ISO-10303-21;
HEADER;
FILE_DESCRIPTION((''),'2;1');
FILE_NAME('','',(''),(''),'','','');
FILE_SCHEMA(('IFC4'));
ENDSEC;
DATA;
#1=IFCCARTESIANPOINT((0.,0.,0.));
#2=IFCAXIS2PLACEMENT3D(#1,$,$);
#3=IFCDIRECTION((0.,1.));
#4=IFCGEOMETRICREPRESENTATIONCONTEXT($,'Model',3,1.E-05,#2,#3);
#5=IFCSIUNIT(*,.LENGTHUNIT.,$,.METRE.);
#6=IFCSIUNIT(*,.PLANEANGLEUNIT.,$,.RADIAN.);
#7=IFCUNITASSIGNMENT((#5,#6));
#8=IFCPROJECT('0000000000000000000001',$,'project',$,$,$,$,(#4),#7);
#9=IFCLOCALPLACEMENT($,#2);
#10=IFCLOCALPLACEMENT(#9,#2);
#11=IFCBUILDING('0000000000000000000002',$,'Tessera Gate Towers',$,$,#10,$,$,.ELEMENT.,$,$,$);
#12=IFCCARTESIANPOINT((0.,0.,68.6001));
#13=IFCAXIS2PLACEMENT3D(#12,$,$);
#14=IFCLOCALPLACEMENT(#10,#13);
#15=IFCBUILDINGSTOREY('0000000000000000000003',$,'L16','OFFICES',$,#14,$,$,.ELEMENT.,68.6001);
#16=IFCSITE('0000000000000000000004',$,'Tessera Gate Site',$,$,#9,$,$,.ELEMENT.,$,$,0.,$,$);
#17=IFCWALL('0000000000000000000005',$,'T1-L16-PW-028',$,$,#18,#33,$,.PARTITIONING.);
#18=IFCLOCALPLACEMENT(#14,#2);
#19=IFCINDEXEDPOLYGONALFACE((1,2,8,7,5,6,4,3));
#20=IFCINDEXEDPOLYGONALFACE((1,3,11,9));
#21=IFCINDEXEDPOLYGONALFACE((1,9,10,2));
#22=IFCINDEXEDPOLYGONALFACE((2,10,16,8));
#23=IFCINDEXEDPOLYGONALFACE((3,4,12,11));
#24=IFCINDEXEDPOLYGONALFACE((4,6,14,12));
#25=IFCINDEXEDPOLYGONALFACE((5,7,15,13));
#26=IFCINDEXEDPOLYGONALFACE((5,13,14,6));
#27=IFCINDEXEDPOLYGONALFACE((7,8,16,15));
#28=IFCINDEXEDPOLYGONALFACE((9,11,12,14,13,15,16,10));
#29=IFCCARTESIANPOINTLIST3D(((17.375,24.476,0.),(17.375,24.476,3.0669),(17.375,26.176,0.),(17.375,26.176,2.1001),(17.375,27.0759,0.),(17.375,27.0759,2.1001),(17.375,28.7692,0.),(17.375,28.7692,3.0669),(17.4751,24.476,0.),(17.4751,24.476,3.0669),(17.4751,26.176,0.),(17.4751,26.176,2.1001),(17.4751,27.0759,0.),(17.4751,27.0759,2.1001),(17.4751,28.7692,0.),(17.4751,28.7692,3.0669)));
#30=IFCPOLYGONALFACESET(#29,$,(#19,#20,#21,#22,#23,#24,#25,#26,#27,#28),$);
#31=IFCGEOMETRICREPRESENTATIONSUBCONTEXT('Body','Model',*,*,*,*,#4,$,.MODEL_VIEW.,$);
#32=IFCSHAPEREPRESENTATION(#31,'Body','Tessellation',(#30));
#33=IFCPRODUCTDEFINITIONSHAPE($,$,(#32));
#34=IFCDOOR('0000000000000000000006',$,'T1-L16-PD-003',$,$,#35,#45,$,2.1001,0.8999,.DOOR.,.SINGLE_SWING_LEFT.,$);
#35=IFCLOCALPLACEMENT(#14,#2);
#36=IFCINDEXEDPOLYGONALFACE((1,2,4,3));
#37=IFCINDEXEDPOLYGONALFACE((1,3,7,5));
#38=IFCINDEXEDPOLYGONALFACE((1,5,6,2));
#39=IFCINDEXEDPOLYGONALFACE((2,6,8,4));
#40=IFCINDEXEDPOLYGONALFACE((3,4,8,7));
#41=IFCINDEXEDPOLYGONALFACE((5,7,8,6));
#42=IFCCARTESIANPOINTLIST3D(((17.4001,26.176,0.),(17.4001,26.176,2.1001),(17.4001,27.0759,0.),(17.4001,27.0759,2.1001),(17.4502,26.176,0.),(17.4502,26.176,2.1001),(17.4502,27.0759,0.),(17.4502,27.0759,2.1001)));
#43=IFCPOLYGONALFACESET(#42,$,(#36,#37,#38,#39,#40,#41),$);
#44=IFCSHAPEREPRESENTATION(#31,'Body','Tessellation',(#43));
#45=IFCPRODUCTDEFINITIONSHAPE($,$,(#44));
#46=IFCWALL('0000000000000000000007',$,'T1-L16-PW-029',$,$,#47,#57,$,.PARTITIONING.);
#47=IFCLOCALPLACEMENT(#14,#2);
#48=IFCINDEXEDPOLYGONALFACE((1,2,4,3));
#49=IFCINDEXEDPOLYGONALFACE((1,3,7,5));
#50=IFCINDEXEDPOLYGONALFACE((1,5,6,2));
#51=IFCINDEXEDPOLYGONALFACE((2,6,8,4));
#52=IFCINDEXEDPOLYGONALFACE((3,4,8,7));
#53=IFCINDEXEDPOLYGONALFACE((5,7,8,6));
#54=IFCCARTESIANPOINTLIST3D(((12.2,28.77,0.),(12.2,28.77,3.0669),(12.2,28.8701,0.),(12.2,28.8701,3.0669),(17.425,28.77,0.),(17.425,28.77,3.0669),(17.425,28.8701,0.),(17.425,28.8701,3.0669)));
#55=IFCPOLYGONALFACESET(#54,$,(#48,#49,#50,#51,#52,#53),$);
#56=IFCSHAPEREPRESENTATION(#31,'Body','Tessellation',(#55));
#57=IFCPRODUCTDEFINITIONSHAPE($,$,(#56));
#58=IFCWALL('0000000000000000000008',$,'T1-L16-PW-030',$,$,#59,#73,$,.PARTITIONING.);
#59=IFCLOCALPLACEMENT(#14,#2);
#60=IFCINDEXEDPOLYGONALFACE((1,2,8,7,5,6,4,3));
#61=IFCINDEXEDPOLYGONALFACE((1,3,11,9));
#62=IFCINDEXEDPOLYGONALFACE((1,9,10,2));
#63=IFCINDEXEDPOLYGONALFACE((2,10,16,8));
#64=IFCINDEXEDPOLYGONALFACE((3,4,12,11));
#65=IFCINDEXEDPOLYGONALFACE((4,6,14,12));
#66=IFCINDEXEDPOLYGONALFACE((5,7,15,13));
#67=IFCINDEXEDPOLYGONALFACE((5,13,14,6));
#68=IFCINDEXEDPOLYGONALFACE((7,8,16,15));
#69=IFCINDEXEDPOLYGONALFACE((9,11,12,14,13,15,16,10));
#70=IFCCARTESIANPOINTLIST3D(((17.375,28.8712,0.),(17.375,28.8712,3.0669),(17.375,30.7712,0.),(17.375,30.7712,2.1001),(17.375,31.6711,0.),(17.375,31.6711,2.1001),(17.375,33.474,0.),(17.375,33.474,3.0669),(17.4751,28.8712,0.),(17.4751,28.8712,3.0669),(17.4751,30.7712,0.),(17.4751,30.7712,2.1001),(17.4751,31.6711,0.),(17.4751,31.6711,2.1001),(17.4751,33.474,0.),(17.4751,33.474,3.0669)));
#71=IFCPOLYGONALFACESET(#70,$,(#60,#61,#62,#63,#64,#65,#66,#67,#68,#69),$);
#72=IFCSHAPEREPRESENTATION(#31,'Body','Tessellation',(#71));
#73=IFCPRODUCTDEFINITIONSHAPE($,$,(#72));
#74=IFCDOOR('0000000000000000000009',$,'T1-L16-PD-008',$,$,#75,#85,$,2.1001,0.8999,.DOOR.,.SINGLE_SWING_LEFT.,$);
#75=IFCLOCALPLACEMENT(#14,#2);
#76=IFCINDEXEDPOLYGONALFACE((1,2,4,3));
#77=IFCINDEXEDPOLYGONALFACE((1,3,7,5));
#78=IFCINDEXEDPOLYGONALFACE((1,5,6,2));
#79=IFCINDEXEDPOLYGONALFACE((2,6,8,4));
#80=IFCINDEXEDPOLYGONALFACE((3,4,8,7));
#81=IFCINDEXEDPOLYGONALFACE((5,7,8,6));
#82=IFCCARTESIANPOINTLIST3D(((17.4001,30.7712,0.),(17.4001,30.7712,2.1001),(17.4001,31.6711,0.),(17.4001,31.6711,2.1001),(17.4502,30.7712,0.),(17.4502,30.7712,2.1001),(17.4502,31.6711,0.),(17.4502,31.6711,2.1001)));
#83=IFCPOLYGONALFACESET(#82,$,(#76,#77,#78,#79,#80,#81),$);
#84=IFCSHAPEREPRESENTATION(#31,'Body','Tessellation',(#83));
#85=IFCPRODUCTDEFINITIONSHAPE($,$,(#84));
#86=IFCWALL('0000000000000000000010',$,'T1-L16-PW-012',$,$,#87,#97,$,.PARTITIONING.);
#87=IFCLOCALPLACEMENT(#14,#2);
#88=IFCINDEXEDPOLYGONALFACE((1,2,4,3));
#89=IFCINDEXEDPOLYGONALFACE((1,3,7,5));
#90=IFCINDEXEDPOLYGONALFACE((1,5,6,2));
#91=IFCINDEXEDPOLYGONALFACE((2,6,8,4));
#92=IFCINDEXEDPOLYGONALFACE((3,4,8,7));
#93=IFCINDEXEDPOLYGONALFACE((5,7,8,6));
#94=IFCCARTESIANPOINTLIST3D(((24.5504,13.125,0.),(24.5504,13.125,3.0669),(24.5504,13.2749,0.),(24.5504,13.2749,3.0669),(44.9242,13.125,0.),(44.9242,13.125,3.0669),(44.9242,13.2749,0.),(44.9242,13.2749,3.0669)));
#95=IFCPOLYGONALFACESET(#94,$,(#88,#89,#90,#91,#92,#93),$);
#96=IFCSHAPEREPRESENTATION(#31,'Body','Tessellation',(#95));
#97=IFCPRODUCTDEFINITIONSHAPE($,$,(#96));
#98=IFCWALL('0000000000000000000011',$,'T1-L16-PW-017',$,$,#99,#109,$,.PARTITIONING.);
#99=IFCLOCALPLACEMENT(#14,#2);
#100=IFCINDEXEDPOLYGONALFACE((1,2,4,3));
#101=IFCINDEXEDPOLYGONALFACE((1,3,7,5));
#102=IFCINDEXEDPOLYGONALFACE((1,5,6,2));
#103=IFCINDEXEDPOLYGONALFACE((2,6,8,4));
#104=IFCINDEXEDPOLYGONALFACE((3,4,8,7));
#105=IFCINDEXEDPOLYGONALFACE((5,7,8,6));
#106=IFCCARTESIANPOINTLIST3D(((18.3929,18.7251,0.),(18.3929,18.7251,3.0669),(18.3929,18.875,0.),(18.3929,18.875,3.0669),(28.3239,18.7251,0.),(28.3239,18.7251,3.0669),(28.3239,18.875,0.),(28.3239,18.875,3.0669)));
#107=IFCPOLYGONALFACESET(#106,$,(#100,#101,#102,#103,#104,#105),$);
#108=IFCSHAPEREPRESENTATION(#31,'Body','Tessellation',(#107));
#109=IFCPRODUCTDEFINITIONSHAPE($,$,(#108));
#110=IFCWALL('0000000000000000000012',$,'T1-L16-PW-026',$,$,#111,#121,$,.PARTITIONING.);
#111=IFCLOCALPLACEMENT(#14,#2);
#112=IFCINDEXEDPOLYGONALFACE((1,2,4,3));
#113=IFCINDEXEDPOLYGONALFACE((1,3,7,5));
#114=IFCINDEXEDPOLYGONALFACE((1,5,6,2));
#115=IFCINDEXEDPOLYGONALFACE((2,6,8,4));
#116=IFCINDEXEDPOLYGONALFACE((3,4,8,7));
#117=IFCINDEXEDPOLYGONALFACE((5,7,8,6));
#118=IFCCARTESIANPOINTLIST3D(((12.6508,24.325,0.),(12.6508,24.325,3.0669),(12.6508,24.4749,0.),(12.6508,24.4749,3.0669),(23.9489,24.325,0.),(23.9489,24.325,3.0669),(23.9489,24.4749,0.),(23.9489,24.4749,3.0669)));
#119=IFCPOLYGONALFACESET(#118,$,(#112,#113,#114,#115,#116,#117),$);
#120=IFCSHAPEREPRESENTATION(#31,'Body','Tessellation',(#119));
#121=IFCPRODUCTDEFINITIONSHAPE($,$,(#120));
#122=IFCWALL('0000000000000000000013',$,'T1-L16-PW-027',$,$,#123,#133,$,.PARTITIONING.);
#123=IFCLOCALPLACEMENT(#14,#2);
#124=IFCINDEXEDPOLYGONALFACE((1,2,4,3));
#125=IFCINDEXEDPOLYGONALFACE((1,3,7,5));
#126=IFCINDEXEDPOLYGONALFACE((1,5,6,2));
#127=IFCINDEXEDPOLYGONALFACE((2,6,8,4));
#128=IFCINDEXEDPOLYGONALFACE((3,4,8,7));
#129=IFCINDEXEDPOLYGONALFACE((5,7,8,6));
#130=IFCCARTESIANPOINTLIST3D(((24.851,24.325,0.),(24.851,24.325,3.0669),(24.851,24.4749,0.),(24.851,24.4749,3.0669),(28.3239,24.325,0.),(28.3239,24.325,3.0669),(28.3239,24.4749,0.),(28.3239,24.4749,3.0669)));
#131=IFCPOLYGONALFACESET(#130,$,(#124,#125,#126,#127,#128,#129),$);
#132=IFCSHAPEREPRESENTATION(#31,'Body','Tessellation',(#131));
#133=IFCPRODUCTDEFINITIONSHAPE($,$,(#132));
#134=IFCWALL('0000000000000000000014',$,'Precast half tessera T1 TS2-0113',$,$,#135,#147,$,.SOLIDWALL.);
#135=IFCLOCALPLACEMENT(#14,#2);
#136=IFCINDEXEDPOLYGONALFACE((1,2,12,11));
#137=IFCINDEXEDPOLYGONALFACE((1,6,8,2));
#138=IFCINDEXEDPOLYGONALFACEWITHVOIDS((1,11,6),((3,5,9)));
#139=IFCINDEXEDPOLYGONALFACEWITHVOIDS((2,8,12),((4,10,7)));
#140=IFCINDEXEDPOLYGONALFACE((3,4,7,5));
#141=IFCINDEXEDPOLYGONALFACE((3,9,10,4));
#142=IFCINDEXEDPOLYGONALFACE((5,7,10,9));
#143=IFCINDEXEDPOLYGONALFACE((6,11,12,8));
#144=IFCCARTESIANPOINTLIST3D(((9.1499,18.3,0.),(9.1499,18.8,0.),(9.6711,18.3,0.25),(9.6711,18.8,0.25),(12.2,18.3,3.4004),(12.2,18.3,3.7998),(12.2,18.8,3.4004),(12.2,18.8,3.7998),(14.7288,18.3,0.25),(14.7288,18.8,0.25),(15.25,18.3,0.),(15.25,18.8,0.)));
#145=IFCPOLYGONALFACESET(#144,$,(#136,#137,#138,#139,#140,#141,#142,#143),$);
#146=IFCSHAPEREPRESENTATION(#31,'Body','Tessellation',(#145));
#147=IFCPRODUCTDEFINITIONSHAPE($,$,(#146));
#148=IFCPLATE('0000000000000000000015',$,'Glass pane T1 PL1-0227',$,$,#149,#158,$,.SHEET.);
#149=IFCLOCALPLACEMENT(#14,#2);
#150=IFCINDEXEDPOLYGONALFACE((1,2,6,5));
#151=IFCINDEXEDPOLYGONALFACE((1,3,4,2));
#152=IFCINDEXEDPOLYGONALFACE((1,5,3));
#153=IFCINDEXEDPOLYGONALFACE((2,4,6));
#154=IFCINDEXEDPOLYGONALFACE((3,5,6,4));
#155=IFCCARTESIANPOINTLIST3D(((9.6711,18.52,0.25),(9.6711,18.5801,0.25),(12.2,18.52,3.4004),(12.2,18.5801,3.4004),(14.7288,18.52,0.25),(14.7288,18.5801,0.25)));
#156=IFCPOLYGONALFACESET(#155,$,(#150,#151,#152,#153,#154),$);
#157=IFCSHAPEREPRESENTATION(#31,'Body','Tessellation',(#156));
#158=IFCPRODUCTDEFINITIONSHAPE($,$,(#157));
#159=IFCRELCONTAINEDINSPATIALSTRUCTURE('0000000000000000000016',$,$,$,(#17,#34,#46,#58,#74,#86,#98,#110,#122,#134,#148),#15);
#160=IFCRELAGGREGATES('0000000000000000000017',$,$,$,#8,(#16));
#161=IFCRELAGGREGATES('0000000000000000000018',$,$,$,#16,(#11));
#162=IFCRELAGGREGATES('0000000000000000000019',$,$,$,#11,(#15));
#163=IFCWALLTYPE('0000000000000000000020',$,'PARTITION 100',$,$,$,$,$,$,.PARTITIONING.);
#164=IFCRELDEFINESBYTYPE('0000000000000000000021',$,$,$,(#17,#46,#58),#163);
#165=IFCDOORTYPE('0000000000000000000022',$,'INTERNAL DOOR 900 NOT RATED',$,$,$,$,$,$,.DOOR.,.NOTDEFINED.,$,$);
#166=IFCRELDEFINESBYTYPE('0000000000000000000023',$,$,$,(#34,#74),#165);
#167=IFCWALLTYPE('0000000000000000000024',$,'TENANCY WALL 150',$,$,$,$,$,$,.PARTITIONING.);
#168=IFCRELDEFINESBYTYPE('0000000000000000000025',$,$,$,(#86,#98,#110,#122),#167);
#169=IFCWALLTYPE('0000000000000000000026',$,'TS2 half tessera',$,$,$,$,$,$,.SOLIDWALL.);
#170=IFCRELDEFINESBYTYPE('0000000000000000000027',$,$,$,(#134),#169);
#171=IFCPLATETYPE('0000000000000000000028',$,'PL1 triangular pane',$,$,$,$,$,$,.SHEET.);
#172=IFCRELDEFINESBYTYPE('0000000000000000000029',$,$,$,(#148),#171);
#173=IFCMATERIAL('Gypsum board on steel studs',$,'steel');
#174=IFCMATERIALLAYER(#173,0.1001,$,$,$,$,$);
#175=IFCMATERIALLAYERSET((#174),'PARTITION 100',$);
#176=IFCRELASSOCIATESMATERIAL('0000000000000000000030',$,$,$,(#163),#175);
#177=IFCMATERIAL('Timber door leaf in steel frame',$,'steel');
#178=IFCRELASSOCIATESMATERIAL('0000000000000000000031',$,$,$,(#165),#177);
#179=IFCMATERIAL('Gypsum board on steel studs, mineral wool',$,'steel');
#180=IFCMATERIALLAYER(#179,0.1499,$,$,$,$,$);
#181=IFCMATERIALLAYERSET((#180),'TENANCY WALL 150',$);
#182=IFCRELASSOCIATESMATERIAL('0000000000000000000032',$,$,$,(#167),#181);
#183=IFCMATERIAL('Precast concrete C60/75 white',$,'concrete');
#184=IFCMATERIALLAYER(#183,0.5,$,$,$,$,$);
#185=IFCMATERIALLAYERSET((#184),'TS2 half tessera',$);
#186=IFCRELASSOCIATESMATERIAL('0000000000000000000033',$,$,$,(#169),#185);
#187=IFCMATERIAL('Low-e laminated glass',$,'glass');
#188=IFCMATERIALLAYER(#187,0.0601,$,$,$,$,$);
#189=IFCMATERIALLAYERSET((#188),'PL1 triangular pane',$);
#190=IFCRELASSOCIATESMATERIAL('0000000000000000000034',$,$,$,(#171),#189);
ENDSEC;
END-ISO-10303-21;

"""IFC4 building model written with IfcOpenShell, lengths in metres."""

from ifc_helpers import new_model, si_unit, direction, frame, frame_2d, origin, place, context, subcontext, project, spatial, polyline, rectangle, outline, extrude, source, transform, mapped, material, layer, layer_set, type_object, element, fill, save


model = new_model("IFC4")

# Units and contexts
model_context = context("Model", 3, precision=1e-05, world=origin(), true_north=direction((0.0, 1.0)))
body_context = subcontext(model_context, "Body", "Model", "MODEL_VIEW")
ifc_project = project(units=[si_unit("LENGTHUNIT", "METRE"), si_unit("PLANEANGLEUNIT", "RADIAN")], contexts=[model_context])

# Site, building, storey
site_placement = place(None, origin())
site = spatial("IfcSite", under=ifc_project, at=site_placement, Name="Tessera Gate Site", CompositionType="ELEMENT", RefElevation=0.0)
building_placement = place(site_placement, origin())
building = spatial("IfcBuilding", under=site, at=building_placement, Name="Tessera Gate Towers", CompositionType="ELEMENT")
storey_placement = place(building_placement, frame((0.0, 0.0, 68.6001)))
storey = spatial("IfcBuildingStorey", under=building, at=storey_placement, Name="L16", Description="OFFICES", CompositionType="ELEMENT", Elevation=68.6001)

# Wall, opening, door
shared_shape_1 = source(origin(), body_context, "Body", "SweptSolid", [
    extrude(rectangle(XDim=0.8999, YDim=2.1001, at=frame_2d((0.45, 1.05))), frame((0.0, 0.0601, 0.0), z_axis=(0.0, -1.0, 0.0), x_axis=(1.0, 0.0, 0.0)), (0.0, 0.0, 1.0), 0.1201),
])
shared_shape_2 = source(origin(), body_context, "Body", "SweptSolid", [
    extrude(rectangle(XDim=0.8999, YDim=2.1001, at=frame_2d((0.45, 1.05))), frame((0.0, 0.0249, 0.0), z_axis=(0.0, -1.0, 0.0), x_axis=(1.0, 0.0, 0.0)), (0.0, 0.0, 1.0), 0.05),
])
ifc_material_1 = material(Name="Gypsum board on steel studs", Category="steel")
ifc_layer_1 = layer(ifc_material_1, 0.1001)
ifc_layer_set_1 = layer_set([ifc_layer_1], Name="PARTITION 100")
wall_type_1 = type_object("IfcWallType", Name="PARTITION 100", PredefinedType="PARTITIONING", material=ifc_layer_set_1)
wall_1_placement = place(storey_placement, frame((17.425, 24.4761, 0.0), z_axis=(0.0, 0.0, 1.0), x_axis=(0.0, 1.0, 0.0)))
wall_1 = element("IfcWall", 1, at=wall_1_placement, inside=storey, type_object=wall_type_1, Name="T1-L16-PW-028", PredefinedType="PARTITIONING", context=body_context, shape_type="SweptSolid", body=[
    extrude(rectangle(XDim=4.2932, YDim=0.1001, at=frame_2d((2.1465, 0.0))), origin(), (0.0, 0.0, 1.0), 3.0669),
])
opening_1_placement = place(wall_1_placement, frame((1.7, 0.0, 0.0)))
opening_1 = element("IfcOpeningElement", 2, at=opening_1_placement, cuts=wall_1, PredefinedType="OPENING", context=body_context, shape_type="MappedRepresentation", body=[
    mapped(shared_shape_1, transform((0.0, 0.0, 0.0), scale=1.0)),
])
ifc_material_2 = material(Name="Timber door leaf in steel frame", Category="steel")
door_type_1 = type_object("IfcDoorType", Name="INTERNAL DOOR 900 NOT RATED", OperationType="NOTDEFINED", PredefinedType="DOOR", material=ifc_material_2)
door_1_placement = place(opening_1_placement, origin())
door_1 = element("IfcDoor", 3, at=door_1_placement, inside=storey, type_object=door_type_1, Name="T1-L16-PD-003", OperationType="SINGLE_SWING_LEFT", OverallHeight=2.1001, OverallWidth=0.8999, PredefinedType="DOOR", context=body_context, shape_type="MappedRepresentation", body=[
    mapped(shared_shape_2, transform((0.0, 0.0, 0.0), scale=1.0)),
])
fill(opening_1, door_1)

# Wall
wall_2_placement = place(storey_placement, frame((12.2, 28.8201, 0.0), z_axis=(0.0, 0.0, 1.0), x_axis=(1.0, 0.0, 0.0)))
element("IfcWall", 4, at=wall_2_placement, inside=storey, type_object=wall_type_1, Name="T1-L16-PW-029", PredefinedType="PARTITIONING", context=body_context, shape_type="SweptSolid", body=[
    extrude(rectangle(XDim=5.2251, YDim=0.1001, at=frame_2d((2.6125, 0.0))), origin(), (0.0, 0.0, 1.0), 3.0669),
])

# Wall, opening, door
wall_3_placement = place(storey_placement, frame((17.425, 28.8713, 0.0), z_axis=(0.0, 0.0, 1.0), x_axis=(0.0, 1.0, 0.0)))
wall_3 = element("IfcWall", 5, at=wall_3_placement, inside=storey, type_object=wall_type_1, Name="T1-L16-PW-030", PredefinedType="PARTITIONING", context=body_context, shape_type="SweptSolid", body=[
    extrude(rectangle(XDim=4.6028, YDim=0.1001, at=frame_2d((2.3013, 0.0))), origin(), (0.0, 0.0, 1.0), 3.0669),
])
opening_2_placement = place(wall_3_placement, frame((1.8999, 0.0, 0.0)))
opening_2 = element("IfcOpeningElement", 6, at=opening_2_placement, cuts=wall_3, PredefinedType="OPENING", context=body_context, shape_type="MappedRepresentation", body=[
    mapped(shared_shape_1, transform((0.0, 0.0, 0.0), scale=1.0)),
])
door_2_placement = place(opening_2_placement, origin())
door_2 = element("IfcDoor", 7, at=door_2_placement, inside=storey, type_object=door_type_1, Name="T1-L16-PD-008", OperationType="SINGLE_SWING_LEFT", OverallHeight=2.1001, OverallWidth=0.8999, PredefinedType="DOOR", context=body_context, shape_type="MappedRepresentation", body=[
    mapped(shared_shape_2, transform((0.0, 0.0, 0.0), scale=1.0)),
])
fill(opening_2, door_2)

# Walls
ifc_material_3 = material(Name="Gypsum board on steel studs, mineral wool", Category="steel")
ifc_layer_2 = layer(ifc_material_3, 0.1499)
ifc_layer_set_2 = layer_set([ifc_layer_2], Name="TENANCY WALL 150")
wall_type_2 = type_object("IfcWallType", Name="TENANCY WALL 150", PredefinedType="PARTITIONING", material=ifc_layer_set_2)
wall_4_placement = place(storey_placement, frame((24.5503, 13.2, 0.0), z_axis=(0.0, 0.0, 1.0), x_axis=(1.0, 0.0, 0.0)))
element("IfcWall", 8, at=wall_4_placement, inside=storey, type_object=wall_type_2, Name="T1-L16-PW-012", PredefinedType="PARTITIONING", context=body_context, shape_type="SweptSolid", body=[
    extrude(rectangle(XDim=20.3738, YDim=0.1499, at=frame_2d((10.187, 0.0))), origin(), (0.0, 0.0, 1.0), 3.0669),
])
wall_5_placement = place(storey_placement, frame((18.3931, 18.8, 0.0), z_axis=(0.0, 0.0, 1.0), x_axis=(1.0, 0.0, 0.0)))
element("IfcWall", 9, at=wall_5_placement, inside=storey, type_object=wall_type_2, Name="T1-L16-PW-017", PredefinedType="PARTITIONING", context=body_context, shape_type="SweptSolid", body=[
    extrude(rectangle(XDim=9.9309, YDim=0.1499, at=frame_2d((4.9653, 0.0))), origin(), (0.0, 0.0, 1.0), 3.0669),
])
wall_6_placement = place(storey_placement, frame((12.6509, 24.3999, 0.0), z_axis=(0.0, 0.0, 1.0), x_axis=(1.0, 0.0, 0.0)))
element("IfcWall", 10, at=wall_6_placement, inside=storey, type_object=wall_type_2, Name="T1-L16-PW-026", PredefinedType="PARTITIONING", context=body_context, shape_type="SweptSolid", body=[
    extrude(rectangle(XDim=11.2981, YDim=0.1499, at=frame_2d((5.6489, 0.0))), origin(), (0.0, 0.0, 1.0), 3.0669),
])
wall_7_placement = place(storey_placement, frame((24.8511, 24.3999, 0.0), z_axis=(0.0, 0.0, 1.0), x_axis=(1.0, 0.0, 0.0)))
element("IfcWall", 11, at=wall_7_placement, inside=storey, type_object=wall_type_2, Name="T1-L16-PW-027", PredefinedType="PARTITIONING", context=body_context, shape_type="SweptSolid", body=[
    extrude(rectangle(XDim=3.4729, YDim=0.1499, at=frame_2d((1.7363, 0.0))), origin(), (0.0, 0.0, 1.0), 3.0669),
])

# Wall, opening, plate
ifc_material_4 = material(Name="Precast concrete C60/75 white", Category="concrete")
ifc_layer_3 = layer(ifc_material_4, 0.5)
ifc_layer_set_3 = layer_set([ifc_layer_3], Name="TS2 half tessera")
wall_type_3 = type_object("IfcWallType", Name="TS2 half tessera", PredefinedType="SOLIDWALL", material=ifc_layer_set_3)
shared_shape_3 = source(origin(), body_context, "Body", "SweptSolid", [
    extrude(outline(polyline([(6.1001, 0.0), (3.05, 3.7998), (0.0, 0.0), (6.1001, 0.0)])), frame((0.0, 0.25, 0.0), z_axis=(0.0, -1.0, 0.0), x_axis=(1.0, 0.0, 0.0)), (0.0, 0.0, 1.0), 0.5),
])
wall_8_placement = place(storey_placement, frame((9.1499, 18.55, 0.0), z_axis=(0.0, 0.0, 1.0), x_axis=(1.0, 0.0, 0.0)))
wall_8 = element("IfcWall", 12, at=wall_8_placement, inside=storey, type_object=wall_type_3, Name="Precast half tessera T1 TS2-0113", PredefinedType="SOLIDWALL", context=body_context, shape_type="MappedRepresentation", body=[
    mapped(shared_shape_3, transform((0.0, 0.0, 0.0), scale=1.0)),
])
shared_shape_4 = source(origin(), body_context, "Body", "SweptSolid", [
    extrude(outline(polyline([(5.5789, 0.25), (3.05, 3.4004), (0.5212, 0.25), (5.5789, 0.25)])), frame((0.0, 0.26, 0.0), z_axis=(0.0, -1.0, 0.0), x_axis=(1.0, 0.0, 0.0)), (0.0, 0.0, 1.0), 0.52),
])
opening_3_placement = place(wall_8_placement, origin())
opening_3 = element("IfcOpeningElement", 13, at=opening_3_placement, cuts=wall_8, PredefinedType="OPENING", context=body_context, shape_type="MappedRepresentation", body=[
    mapped(shared_shape_4, transform((0.0, 0.0, 0.0), scale=1.0)),
])
ifc_material_5 = material(Name="Low-e laminated glass", Category="glass")
ifc_layer_4 = layer(ifc_material_5, 0.0601)
ifc_layer_set_4 = layer_set([ifc_layer_4], Name="PL1 triangular pane")
plate_type = type_object("IfcPlateType", Name="PL1 triangular pane", PredefinedType="SHEET", material=ifc_layer_set_4)
shared_shape_5 = source(origin(), body_context, "Body", "SweptSolid", [
    extrude(outline(polyline([(5.5789, 0.25), (3.05, 3.4004), (0.5212, 0.25), (5.5789, 0.25)])), frame((0.0, 0.03, 0.0), z_axis=(0.0, -1.0, 0.0), x_axis=(1.0, 0.0, 0.0)), (0.0, 0.0, 1.0), 0.0601),
])
plate_placement = place(opening_3_placement, origin())
plate = element("IfcPlate", 14, at=plate_placement, inside=storey, type_object=plate_type, Name="Glass pane T1 PL1-0227", PredefinedType="SHEET", context=body_context, shape_type="MappedRepresentation", body=[
    mapped(shared_shape_5, transform((0.0, 0.0, 0.0), scale=1.0)),
])
fill(opening_3, plate)

save(model, "model.ifc")
